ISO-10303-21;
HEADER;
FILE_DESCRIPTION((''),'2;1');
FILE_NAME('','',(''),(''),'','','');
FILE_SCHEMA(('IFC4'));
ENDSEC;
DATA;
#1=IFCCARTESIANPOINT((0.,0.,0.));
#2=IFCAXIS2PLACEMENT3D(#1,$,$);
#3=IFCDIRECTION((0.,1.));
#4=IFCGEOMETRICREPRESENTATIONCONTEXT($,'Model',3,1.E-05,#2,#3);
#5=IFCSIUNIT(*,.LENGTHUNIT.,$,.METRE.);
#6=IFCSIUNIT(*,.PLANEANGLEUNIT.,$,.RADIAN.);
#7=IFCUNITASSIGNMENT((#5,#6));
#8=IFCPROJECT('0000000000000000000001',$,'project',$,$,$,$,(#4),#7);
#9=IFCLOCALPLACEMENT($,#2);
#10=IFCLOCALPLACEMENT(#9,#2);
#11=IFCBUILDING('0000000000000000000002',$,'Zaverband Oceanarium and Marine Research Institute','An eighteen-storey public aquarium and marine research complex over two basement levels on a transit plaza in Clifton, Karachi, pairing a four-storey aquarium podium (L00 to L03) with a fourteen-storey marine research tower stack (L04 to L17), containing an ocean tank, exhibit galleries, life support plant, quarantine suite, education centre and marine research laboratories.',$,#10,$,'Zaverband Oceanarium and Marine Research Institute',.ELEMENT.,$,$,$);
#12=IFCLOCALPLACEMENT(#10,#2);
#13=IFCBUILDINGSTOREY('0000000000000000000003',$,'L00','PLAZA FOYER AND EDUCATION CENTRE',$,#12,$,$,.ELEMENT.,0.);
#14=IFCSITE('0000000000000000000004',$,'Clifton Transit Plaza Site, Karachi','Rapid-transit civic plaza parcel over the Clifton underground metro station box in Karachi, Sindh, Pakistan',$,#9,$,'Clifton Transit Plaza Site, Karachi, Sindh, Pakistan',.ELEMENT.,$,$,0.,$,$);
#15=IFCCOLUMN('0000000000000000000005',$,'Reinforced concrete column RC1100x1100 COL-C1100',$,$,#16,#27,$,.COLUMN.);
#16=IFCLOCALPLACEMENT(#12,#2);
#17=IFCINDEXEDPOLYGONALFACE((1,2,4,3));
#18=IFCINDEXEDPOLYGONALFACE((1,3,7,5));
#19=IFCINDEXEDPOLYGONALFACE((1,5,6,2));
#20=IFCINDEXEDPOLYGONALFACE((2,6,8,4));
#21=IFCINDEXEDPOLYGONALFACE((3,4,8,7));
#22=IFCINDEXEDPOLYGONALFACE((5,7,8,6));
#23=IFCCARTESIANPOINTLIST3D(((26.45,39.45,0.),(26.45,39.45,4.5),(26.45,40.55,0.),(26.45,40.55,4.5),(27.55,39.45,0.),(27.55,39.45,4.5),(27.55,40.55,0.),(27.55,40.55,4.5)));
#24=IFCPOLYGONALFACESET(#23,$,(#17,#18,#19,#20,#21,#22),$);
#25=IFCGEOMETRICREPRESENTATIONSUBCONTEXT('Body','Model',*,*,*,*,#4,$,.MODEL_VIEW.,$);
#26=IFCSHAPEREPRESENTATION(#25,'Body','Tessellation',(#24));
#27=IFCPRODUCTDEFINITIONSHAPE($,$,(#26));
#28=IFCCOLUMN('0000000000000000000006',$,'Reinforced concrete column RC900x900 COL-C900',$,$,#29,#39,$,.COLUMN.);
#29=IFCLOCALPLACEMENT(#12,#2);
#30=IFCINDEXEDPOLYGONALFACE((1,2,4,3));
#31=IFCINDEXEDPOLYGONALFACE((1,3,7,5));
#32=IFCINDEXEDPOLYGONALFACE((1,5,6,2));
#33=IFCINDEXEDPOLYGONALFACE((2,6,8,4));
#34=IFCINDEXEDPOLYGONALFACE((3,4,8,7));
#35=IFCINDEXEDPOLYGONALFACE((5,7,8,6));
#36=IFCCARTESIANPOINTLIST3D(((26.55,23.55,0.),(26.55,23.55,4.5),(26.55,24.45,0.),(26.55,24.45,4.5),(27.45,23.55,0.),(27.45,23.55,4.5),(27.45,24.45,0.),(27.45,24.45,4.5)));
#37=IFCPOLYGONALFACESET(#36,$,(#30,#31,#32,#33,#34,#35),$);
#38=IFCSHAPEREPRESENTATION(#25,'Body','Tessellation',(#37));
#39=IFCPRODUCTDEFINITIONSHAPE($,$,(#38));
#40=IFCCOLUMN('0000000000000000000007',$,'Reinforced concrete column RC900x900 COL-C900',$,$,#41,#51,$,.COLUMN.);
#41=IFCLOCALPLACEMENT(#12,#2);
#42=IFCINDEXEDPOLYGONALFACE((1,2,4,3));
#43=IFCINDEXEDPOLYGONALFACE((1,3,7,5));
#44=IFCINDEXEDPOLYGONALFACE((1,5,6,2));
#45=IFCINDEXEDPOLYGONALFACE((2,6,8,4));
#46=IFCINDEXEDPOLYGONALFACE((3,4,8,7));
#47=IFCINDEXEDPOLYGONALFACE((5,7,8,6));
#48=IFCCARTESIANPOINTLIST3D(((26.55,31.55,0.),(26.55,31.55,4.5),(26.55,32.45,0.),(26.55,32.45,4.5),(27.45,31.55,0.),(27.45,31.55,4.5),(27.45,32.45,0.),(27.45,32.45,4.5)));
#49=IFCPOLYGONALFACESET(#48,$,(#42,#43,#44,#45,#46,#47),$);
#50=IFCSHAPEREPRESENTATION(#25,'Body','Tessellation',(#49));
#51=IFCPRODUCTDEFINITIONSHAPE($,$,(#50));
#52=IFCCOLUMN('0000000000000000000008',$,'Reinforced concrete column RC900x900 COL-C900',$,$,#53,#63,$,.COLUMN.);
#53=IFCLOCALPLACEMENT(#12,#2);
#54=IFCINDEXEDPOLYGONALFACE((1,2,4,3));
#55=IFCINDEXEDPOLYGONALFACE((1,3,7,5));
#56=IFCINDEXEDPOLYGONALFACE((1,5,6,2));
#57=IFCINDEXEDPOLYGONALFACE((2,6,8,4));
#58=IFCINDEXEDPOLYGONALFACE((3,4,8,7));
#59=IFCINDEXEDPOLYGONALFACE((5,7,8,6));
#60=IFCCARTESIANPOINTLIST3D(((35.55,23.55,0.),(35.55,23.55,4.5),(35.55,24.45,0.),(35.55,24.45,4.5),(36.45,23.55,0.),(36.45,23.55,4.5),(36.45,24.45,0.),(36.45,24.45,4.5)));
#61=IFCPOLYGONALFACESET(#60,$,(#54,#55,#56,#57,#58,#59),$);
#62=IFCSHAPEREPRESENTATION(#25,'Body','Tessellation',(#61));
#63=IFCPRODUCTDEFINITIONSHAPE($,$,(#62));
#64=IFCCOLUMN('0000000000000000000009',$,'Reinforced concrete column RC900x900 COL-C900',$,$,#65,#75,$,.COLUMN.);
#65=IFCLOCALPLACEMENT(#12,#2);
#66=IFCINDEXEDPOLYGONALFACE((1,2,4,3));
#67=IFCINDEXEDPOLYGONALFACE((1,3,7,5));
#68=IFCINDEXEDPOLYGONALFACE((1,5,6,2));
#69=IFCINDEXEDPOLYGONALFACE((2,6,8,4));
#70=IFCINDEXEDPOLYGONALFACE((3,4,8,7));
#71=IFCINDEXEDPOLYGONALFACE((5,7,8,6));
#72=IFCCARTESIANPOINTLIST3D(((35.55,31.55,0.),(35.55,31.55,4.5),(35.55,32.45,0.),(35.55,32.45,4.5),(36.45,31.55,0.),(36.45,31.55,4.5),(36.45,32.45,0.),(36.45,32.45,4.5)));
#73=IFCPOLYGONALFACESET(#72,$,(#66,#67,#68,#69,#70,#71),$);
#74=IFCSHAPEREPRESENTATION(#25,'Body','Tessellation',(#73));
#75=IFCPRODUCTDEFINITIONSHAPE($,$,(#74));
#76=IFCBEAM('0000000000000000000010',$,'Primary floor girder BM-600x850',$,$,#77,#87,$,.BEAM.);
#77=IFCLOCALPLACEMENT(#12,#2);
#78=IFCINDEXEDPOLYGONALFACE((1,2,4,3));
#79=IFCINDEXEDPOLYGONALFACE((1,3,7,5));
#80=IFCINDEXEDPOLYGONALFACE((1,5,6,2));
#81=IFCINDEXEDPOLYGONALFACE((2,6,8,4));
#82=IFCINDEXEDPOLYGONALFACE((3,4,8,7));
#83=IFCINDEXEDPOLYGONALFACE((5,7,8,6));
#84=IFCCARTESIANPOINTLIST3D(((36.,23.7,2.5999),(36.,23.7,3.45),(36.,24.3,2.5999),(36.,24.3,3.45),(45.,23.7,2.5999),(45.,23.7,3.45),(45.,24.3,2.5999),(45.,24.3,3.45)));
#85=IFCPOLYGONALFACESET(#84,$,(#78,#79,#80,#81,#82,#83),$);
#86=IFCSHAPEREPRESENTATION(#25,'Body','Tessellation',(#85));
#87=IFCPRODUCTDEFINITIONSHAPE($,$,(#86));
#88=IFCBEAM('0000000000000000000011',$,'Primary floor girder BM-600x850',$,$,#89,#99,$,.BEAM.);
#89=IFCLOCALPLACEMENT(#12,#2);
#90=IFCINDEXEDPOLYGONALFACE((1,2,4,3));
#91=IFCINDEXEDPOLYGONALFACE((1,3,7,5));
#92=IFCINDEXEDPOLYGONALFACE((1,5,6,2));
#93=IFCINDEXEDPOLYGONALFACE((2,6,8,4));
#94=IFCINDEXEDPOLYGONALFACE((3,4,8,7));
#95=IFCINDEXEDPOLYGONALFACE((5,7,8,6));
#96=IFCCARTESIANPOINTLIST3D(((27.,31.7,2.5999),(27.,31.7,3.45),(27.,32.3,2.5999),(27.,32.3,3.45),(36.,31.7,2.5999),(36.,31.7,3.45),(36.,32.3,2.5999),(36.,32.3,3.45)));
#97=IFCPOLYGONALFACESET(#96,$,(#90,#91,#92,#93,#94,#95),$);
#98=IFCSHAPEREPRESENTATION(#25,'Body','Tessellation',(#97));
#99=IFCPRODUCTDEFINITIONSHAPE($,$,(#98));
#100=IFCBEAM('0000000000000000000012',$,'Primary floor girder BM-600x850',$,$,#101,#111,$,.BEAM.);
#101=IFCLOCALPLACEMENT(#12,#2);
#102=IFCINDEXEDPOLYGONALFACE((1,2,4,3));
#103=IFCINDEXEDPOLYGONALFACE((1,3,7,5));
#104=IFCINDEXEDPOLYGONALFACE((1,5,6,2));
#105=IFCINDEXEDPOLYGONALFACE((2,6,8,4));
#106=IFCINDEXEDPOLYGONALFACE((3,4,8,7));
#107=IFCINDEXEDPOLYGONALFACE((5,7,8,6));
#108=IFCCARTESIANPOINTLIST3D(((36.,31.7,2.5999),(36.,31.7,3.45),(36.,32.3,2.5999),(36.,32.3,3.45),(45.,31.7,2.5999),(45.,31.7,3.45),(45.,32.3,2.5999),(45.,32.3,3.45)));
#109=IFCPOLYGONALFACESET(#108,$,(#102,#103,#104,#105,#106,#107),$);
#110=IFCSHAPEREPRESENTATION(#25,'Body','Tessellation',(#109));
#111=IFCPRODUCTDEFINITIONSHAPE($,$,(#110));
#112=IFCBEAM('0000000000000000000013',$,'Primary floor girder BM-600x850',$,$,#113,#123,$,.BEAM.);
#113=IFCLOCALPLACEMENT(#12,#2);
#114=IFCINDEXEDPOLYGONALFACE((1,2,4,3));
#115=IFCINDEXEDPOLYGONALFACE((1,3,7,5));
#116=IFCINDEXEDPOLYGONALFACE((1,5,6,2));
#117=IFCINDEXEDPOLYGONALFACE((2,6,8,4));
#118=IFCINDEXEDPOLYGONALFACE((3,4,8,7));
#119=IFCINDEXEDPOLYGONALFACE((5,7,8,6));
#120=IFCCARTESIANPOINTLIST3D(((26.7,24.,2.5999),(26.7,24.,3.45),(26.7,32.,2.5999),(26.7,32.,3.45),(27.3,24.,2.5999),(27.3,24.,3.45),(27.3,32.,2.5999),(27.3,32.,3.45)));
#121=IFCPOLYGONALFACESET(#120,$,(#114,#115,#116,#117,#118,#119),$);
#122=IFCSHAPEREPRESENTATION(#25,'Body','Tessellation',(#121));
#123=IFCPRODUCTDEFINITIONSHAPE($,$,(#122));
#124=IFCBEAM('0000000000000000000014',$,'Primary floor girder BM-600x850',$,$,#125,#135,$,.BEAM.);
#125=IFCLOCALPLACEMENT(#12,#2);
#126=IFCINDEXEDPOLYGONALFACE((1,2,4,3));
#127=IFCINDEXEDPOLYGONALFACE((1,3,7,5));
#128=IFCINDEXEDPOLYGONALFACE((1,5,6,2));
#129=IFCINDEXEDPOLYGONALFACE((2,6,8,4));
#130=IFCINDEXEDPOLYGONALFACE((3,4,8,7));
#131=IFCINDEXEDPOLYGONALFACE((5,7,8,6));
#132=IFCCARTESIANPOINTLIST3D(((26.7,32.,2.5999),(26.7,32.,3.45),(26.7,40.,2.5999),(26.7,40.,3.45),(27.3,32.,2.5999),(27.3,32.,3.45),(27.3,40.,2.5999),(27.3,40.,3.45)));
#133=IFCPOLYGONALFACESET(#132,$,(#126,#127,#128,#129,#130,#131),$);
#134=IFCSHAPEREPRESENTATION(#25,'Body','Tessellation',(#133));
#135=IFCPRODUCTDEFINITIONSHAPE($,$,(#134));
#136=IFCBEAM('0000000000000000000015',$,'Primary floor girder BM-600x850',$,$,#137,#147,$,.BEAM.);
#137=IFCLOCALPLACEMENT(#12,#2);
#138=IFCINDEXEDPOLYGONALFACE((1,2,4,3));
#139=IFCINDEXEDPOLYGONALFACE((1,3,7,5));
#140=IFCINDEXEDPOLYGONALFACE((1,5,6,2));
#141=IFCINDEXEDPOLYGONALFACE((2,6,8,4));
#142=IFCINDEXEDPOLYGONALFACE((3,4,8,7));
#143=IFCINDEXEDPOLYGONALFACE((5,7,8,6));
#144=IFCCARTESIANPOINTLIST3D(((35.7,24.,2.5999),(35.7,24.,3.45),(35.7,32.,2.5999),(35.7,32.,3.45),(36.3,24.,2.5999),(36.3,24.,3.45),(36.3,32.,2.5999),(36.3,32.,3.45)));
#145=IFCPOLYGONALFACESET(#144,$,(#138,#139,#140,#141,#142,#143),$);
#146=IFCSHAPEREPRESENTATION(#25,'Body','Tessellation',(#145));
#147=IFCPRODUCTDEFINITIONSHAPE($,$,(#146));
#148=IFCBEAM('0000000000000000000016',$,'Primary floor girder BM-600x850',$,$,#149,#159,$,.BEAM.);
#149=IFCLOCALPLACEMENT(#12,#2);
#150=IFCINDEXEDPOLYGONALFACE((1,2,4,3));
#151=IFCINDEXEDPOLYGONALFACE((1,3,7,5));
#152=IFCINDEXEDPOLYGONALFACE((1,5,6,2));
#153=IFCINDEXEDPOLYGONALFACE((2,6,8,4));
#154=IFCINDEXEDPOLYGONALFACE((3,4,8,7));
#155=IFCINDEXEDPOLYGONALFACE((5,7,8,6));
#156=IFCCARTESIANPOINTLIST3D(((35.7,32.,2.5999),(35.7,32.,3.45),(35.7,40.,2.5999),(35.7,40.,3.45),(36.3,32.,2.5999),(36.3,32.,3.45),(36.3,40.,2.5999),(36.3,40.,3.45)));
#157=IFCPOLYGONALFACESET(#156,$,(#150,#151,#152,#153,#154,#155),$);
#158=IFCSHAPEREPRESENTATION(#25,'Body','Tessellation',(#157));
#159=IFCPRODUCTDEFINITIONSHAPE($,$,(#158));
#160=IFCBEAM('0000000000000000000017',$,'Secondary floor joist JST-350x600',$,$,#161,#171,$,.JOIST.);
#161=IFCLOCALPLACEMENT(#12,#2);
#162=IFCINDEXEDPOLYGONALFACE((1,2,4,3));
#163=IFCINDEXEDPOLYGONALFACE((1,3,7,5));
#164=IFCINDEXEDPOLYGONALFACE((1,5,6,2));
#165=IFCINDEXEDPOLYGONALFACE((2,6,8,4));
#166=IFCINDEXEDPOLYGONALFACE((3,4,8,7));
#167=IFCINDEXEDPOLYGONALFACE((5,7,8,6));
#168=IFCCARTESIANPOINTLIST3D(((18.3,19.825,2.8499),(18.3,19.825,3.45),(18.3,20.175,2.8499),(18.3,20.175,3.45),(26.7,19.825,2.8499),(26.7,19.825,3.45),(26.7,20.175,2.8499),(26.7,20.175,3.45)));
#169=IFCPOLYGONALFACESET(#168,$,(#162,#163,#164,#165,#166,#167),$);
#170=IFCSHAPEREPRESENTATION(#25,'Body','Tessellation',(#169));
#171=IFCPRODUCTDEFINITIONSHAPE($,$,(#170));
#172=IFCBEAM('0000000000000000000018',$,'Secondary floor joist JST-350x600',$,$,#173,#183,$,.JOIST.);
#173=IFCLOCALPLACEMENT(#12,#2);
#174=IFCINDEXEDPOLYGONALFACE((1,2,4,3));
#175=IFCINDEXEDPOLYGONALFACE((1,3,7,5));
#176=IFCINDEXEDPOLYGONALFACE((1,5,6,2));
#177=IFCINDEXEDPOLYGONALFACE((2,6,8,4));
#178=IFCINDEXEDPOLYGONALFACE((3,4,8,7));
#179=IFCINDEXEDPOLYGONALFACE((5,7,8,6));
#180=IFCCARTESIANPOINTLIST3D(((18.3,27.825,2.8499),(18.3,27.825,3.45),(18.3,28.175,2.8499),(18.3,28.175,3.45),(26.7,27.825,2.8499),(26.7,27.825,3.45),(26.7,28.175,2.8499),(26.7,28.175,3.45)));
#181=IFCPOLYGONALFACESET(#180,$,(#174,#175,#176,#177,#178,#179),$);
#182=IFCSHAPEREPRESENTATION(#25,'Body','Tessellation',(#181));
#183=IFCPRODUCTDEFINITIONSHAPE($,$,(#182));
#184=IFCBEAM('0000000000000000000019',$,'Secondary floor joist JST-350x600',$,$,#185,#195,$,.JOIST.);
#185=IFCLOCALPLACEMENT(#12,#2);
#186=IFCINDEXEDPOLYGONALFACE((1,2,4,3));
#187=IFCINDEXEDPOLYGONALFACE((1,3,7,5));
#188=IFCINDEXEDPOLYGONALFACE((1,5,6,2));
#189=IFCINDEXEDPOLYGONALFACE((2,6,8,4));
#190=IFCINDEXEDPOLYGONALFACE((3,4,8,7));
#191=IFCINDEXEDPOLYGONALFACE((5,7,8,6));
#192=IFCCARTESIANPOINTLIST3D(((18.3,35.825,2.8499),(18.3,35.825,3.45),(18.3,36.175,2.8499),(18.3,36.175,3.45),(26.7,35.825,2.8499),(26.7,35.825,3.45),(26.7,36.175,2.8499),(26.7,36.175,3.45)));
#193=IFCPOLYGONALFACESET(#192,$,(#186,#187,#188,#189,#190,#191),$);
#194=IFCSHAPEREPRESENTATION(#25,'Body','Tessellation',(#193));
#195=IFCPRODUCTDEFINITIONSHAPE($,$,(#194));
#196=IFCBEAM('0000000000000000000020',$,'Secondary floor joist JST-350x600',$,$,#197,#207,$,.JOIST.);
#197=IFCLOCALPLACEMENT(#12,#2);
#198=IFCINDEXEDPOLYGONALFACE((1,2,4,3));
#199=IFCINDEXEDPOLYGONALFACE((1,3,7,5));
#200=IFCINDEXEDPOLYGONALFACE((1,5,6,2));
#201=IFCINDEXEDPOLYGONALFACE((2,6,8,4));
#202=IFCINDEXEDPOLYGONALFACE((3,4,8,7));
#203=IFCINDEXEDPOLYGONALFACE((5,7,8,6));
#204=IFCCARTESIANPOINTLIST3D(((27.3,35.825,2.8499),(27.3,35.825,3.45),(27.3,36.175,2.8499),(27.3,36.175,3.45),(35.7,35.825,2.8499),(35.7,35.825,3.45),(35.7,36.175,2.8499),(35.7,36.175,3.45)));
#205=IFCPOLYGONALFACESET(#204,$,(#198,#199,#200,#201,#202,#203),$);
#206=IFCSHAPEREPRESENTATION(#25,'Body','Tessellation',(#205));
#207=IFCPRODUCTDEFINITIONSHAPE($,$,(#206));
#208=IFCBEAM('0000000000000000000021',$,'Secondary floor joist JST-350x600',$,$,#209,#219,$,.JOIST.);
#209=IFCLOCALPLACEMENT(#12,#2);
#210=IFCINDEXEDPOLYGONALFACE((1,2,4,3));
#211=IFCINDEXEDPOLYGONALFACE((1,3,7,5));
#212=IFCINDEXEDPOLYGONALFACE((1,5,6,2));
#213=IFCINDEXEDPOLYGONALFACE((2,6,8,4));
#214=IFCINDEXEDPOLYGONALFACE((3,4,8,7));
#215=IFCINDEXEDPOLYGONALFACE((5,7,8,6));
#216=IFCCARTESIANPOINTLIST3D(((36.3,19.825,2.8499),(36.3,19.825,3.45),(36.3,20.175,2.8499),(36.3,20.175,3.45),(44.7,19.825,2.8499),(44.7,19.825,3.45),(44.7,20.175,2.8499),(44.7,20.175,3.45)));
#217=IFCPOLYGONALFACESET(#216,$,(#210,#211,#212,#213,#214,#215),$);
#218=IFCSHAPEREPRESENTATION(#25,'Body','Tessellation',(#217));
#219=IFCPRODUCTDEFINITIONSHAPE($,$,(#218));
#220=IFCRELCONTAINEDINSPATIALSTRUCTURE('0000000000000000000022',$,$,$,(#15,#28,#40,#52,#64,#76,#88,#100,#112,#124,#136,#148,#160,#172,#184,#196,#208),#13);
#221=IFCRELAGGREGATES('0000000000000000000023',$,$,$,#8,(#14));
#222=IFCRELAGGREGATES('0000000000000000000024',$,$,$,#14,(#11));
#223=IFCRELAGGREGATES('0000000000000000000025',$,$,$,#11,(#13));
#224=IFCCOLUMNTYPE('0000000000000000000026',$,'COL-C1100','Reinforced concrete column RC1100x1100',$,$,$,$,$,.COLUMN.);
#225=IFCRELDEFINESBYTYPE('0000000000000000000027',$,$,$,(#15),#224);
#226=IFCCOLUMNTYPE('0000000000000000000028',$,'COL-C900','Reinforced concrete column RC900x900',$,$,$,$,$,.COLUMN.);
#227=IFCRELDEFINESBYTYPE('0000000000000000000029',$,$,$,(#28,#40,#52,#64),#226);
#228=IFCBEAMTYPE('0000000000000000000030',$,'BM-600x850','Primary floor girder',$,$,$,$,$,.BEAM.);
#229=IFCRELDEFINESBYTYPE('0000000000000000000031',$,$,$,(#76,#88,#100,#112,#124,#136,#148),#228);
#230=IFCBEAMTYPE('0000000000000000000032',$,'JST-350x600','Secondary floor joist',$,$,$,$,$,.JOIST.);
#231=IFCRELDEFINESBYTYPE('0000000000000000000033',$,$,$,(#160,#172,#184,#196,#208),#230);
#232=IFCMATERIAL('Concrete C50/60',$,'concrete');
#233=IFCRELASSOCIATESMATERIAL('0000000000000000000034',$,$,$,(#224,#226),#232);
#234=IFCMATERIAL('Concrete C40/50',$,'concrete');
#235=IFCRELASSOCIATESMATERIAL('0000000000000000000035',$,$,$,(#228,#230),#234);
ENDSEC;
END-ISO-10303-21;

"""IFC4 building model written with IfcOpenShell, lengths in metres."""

from ifc_helpers import new_model, si_unit, direction, frame, origin, origin_2d, place, context, subcontext, project, spatial, rectangle, extrude, material, material_profile, profile_set, type_object, element, save


model = new_model("IFC4")

# Units and contexts
model_context = context("Model", 3, precision=1e-05, world=origin(), true_north=direction((0.0, 1.0)))
body_context = subcontext(model_context, "Body", "Model", "MODEL_VIEW")
ifc_project = project(units=[si_unit("LENGTHUNIT", "METRE"), si_unit("PLANEANGLEUNIT", "RADIAN")], contexts=[model_context])

# Site, building, storey
site_placement = place(None, origin())
site = spatial("IfcSite", under=ifc_project, at=site_placement, Name="Clifton Transit Plaza Site, Karachi", Description="Rapid-transit civic plaza parcel over the Clifton underground metro station box in Karachi, Sindh, Pakistan", LongName="Clifton Transit Plaza Site, Karachi, Sindh, Pakistan", CompositionType="ELEMENT", RefElevation=0.0)
building_placement = place(site_placement, origin())
building = spatial("IfcBuilding", under=site, at=building_placement, Name="Zaverband Oceanarium and Marine Research Institute", Description="An eighteen-storey public aquarium and marine research complex over two basement levels on a transit plaza in Clifton, Karachi, pairing a four-storey aquarium podium (L00 to L03) with a fourteen-storey marine research tower stack (L04 to L17), containing an ocean tank, exhibit galleries, life support plant, quarantine suite, education centre and marine research laboratories.", LongName="Zaverband Oceanarium and Marine Research Institute", CompositionType="ELEMENT")
storey_placement = place(building_placement, origin())
storey = spatial("IfcBuildingStorey", under=building, at=storey_placement, Name="L00", Description="PLAZA FOYER AND EDUCATION CENTRE", CompositionType="ELEMENT", Elevation=0.0)

# Columns
ifc_material_1 = material(Name="Concrete C50/60", Category="concrete")
ifc_material_profile_1 = material_profile(ifc_material_1, rectangle(XDim=1.1001, YDim=1.1001, at=origin_2d()), Name="RC1100x1100")
ifc_profile_set_1 = profile_set([ifc_material_profile_1], Name="Concrete C50/60")
column_type_1 = type_object("IfcColumnType", Name="COL-C1100", Description="Reinforced concrete column RC1100x1100", PredefinedType="COLUMN", material=ifc_profile_set_1)
column_placement = place(storey_placement, frame((27.0, 40.0, 0.0), z_axis=(0.0, 0.0, 1.0), x_axis=(1.0, 0.0, 0.0)))
element("IfcColumn", 1, at=column_placement, inside=storey, type_object=column_type_1, Name="Reinforced concrete column RC1100x1100 COL-C1100", PredefinedType="COLUMN", context=body_context, shape_type="SweptSolid", body=[
    extrude(rectangle(XDim=1.1001, YDim=1.1001, at=origin_2d()), origin(), (0.0, 0.0, 1.0), 4.5),
])
ifc_material_profile_2 = material_profile(ifc_material_1, rectangle(XDim=0.8999, YDim=0.8999, at=origin_2d()), Name="RC900x900")
ifc_profile_set_2 = profile_set([ifc_material_profile_2], Name="Concrete C50/60")
column_type_2 = type_object("IfcColumnType", Name="COL-C900", Description="Reinforced concrete column RC900x900", PredefinedType="COLUMN", material=ifc_profile_set_2)
for number, where, z_axis, x_axis, name in (
    (2, (27.0, 24.0, 0.0), (0.0, 0.0, 1.0), (1.0, 0.0, 0.0), "Reinforced concrete column RC900x900 COL-C900"),
    (3, (27.0, 32.0, 0.0), (0.0, 0.0, 1.0), (1.0, 0.0, 0.0), "Reinforced concrete column RC900x900 COL-C900"),
    (4, (36.0, 24.0, 0.0), (0.0, 0.0, 1.0), (1.0, 0.0, 0.0), "Reinforced concrete column RC900x900 COL-C900"),
    (5, (36.0, 32.0, 0.0), (0.0, 0.0, 1.0), (1.0, 0.0, 0.0), "Reinforced concrete column RC900x900 COL-C900"),
):
    element("IfcColumn", number, at=place(storey_placement, frame(where, z_axis=z_axis, x_axis=x_axis)), inside=storey, type_object=column_type_2, Name=name, PredefinedType="COLUMN", context=body_context, shape_type="SweptSolid", body=[
        extrude(rectangle(XDim=0.8999, YDim=0.8999, at=origin_2d()), origin(), (0.0, 0.0, 1.0), 4.5),
    ])

# Beams
ifc_material_2 = material(Name="Concrete C40/50", Category="concrete")
ifc_material_profile_3 = material_profile(ifc_material_2, rectangle(XDim=0.6001, YDim=0.8501, at=origin_2d()), Name="RC600x850")
ifc_profile_set_3 = profile_set([ifc_material_profile_3], Name="Concrete C40/50")
beam_type_1 = type_object("IfcBeamType", Name="BM-600x850", Description="Primary floor girder", PredefinedType="BEAM", material=ifc_profile_set_3)
for number, where, z_axis, x_axis, name in (
    (6, (36.0, 24.0, 3.0249), (1.0, 0.0, 0.0), (0.0, 1.0, 0.0), "Primary floor girder BM-600x850"),
    (7, (27.0, 32.0, 3.0249), (1.0, 0.0, 0.0), (0.0, 1.0, 0.0), "Primary floor girder BM-600x850"),
    (8, (36.0, 32.0, 3.0249), (1.0, 0.0, 0.0), (0.0, 1.0, 0.0), "Primary floor girder BM-600x850"),
):
    element("IfcBeam", number, at=place(storey_placement, frame(where, z_axis=z_axis, x_axis=x_axis)), inside=storey, type_object=beam_type_1, Name=name, PredefinedType="BEAM", context=body_context, shape_type="SweptSolid", body=[
        extrude(rectangle(XDim=0.6001, YDim=0.8501, at=origin_2d()), origin(), (0.0, 0.0, 1.0), 9.0),
    ])
for number, where, z_axis, x_axis, name in (
    (9, (27.0, 24.0, 3.0249), (0.0, 1.0, 0.0), (-1.0, 0.0, 0.0), "Primary floor girder BM-600x850"),
    (10, (27.0, 32.0, 3.0249), (0.0, 1.0, 0.0), (-1.0, 0.0, 0.0), "Primary floor girder BM-600x850"),
    (11, (36.0, 24.0, 3.0249), (0.0, 1.0, 0.0), (-1.0, 0.0, 0.0), "Primary floor girder BM-600x850"),
    (12, (36.0, 32.0, 3.0249), (0.0, 1.0, 0.0), (-1.0, 0.0, 0.0), "Primary floor girder BM-600x850"),
):
    element("IfcBeam", number, at=place(storey_placement, frame(where, z_axis=z_axis, x_axis=x_axis)), inside=storey, type_object=beam_type_1, Name=name, PredefinedType="BEAM", context=body_context, shape_type="SweptSolid", body=[
        extrude(rectangle(XDim=0.6001, YDim=0.8501, at=origin_2d()), origin(), (0.0, 0.0, 1.0), 8.0),
    ])
ifc_material_profile_4 = material_profile(ifc_material_2, rectangle(XDim=0.3501, YDim=0.6001, at=origin_2d()), Name="RC350x600")
ifc_profile_set_4 = profile_set([ifc_material_profile_4], Name="Concrete C40/50")
beam_type_2 = type_object("IfcBeamType", Name="JST-350x600", Description="Secondary floor joist", PredefinedType="JOIST", material=ifc_profile_set_4)
for number, where, z_axis, x_axis, name in (
    (13, (18.3, 20.0, 3.1499), (1.0, 0.0, 0.0), (0.0, 1.0, 0.0), "Secondary floor joist JST-350x600"),
    (14, (18.3, 28.0, 3.1499), (1.0, 0.0, 0.0), (0.0, 1.0, 0.0), "Secondary floor joist JST-350x600"),
    (15, (18.3, 36.0, 3.1499), (1.0, 0.0, 0.0), (0.0, 1.0, 0.0), "Secondary floor joist JST-350x600"),
    (16, (27.3, 36.0, 3.1499), (1.0, 0.0, 0.0), (0.0, 1.0, 0.0), "Secondary floor joist JST-350x600"),
    (17, (36.3, 20.0, 3.1499), (1.0, 0.0, 0.0), (0.0, 1.0, 0.0), "Secondary floor joist JST-350x600"),
):
    element("IfcBeam", number, at=place(storey_placement, frame(where, z_axis=z_axis, x_axis=x_axis)), inside=storey, type_object=beam_type_2, Name=name, PredefinedType="JOIST", context=body_context, shape_type="SweptSolid", body=[
        extrude(rectangle(XDim=0.3501, YDim=0.6001, at=origin_2d()), origin(), (0.0, 0.0, 1.0), 8.3999),
    ])

save(model, "model.ifc")
